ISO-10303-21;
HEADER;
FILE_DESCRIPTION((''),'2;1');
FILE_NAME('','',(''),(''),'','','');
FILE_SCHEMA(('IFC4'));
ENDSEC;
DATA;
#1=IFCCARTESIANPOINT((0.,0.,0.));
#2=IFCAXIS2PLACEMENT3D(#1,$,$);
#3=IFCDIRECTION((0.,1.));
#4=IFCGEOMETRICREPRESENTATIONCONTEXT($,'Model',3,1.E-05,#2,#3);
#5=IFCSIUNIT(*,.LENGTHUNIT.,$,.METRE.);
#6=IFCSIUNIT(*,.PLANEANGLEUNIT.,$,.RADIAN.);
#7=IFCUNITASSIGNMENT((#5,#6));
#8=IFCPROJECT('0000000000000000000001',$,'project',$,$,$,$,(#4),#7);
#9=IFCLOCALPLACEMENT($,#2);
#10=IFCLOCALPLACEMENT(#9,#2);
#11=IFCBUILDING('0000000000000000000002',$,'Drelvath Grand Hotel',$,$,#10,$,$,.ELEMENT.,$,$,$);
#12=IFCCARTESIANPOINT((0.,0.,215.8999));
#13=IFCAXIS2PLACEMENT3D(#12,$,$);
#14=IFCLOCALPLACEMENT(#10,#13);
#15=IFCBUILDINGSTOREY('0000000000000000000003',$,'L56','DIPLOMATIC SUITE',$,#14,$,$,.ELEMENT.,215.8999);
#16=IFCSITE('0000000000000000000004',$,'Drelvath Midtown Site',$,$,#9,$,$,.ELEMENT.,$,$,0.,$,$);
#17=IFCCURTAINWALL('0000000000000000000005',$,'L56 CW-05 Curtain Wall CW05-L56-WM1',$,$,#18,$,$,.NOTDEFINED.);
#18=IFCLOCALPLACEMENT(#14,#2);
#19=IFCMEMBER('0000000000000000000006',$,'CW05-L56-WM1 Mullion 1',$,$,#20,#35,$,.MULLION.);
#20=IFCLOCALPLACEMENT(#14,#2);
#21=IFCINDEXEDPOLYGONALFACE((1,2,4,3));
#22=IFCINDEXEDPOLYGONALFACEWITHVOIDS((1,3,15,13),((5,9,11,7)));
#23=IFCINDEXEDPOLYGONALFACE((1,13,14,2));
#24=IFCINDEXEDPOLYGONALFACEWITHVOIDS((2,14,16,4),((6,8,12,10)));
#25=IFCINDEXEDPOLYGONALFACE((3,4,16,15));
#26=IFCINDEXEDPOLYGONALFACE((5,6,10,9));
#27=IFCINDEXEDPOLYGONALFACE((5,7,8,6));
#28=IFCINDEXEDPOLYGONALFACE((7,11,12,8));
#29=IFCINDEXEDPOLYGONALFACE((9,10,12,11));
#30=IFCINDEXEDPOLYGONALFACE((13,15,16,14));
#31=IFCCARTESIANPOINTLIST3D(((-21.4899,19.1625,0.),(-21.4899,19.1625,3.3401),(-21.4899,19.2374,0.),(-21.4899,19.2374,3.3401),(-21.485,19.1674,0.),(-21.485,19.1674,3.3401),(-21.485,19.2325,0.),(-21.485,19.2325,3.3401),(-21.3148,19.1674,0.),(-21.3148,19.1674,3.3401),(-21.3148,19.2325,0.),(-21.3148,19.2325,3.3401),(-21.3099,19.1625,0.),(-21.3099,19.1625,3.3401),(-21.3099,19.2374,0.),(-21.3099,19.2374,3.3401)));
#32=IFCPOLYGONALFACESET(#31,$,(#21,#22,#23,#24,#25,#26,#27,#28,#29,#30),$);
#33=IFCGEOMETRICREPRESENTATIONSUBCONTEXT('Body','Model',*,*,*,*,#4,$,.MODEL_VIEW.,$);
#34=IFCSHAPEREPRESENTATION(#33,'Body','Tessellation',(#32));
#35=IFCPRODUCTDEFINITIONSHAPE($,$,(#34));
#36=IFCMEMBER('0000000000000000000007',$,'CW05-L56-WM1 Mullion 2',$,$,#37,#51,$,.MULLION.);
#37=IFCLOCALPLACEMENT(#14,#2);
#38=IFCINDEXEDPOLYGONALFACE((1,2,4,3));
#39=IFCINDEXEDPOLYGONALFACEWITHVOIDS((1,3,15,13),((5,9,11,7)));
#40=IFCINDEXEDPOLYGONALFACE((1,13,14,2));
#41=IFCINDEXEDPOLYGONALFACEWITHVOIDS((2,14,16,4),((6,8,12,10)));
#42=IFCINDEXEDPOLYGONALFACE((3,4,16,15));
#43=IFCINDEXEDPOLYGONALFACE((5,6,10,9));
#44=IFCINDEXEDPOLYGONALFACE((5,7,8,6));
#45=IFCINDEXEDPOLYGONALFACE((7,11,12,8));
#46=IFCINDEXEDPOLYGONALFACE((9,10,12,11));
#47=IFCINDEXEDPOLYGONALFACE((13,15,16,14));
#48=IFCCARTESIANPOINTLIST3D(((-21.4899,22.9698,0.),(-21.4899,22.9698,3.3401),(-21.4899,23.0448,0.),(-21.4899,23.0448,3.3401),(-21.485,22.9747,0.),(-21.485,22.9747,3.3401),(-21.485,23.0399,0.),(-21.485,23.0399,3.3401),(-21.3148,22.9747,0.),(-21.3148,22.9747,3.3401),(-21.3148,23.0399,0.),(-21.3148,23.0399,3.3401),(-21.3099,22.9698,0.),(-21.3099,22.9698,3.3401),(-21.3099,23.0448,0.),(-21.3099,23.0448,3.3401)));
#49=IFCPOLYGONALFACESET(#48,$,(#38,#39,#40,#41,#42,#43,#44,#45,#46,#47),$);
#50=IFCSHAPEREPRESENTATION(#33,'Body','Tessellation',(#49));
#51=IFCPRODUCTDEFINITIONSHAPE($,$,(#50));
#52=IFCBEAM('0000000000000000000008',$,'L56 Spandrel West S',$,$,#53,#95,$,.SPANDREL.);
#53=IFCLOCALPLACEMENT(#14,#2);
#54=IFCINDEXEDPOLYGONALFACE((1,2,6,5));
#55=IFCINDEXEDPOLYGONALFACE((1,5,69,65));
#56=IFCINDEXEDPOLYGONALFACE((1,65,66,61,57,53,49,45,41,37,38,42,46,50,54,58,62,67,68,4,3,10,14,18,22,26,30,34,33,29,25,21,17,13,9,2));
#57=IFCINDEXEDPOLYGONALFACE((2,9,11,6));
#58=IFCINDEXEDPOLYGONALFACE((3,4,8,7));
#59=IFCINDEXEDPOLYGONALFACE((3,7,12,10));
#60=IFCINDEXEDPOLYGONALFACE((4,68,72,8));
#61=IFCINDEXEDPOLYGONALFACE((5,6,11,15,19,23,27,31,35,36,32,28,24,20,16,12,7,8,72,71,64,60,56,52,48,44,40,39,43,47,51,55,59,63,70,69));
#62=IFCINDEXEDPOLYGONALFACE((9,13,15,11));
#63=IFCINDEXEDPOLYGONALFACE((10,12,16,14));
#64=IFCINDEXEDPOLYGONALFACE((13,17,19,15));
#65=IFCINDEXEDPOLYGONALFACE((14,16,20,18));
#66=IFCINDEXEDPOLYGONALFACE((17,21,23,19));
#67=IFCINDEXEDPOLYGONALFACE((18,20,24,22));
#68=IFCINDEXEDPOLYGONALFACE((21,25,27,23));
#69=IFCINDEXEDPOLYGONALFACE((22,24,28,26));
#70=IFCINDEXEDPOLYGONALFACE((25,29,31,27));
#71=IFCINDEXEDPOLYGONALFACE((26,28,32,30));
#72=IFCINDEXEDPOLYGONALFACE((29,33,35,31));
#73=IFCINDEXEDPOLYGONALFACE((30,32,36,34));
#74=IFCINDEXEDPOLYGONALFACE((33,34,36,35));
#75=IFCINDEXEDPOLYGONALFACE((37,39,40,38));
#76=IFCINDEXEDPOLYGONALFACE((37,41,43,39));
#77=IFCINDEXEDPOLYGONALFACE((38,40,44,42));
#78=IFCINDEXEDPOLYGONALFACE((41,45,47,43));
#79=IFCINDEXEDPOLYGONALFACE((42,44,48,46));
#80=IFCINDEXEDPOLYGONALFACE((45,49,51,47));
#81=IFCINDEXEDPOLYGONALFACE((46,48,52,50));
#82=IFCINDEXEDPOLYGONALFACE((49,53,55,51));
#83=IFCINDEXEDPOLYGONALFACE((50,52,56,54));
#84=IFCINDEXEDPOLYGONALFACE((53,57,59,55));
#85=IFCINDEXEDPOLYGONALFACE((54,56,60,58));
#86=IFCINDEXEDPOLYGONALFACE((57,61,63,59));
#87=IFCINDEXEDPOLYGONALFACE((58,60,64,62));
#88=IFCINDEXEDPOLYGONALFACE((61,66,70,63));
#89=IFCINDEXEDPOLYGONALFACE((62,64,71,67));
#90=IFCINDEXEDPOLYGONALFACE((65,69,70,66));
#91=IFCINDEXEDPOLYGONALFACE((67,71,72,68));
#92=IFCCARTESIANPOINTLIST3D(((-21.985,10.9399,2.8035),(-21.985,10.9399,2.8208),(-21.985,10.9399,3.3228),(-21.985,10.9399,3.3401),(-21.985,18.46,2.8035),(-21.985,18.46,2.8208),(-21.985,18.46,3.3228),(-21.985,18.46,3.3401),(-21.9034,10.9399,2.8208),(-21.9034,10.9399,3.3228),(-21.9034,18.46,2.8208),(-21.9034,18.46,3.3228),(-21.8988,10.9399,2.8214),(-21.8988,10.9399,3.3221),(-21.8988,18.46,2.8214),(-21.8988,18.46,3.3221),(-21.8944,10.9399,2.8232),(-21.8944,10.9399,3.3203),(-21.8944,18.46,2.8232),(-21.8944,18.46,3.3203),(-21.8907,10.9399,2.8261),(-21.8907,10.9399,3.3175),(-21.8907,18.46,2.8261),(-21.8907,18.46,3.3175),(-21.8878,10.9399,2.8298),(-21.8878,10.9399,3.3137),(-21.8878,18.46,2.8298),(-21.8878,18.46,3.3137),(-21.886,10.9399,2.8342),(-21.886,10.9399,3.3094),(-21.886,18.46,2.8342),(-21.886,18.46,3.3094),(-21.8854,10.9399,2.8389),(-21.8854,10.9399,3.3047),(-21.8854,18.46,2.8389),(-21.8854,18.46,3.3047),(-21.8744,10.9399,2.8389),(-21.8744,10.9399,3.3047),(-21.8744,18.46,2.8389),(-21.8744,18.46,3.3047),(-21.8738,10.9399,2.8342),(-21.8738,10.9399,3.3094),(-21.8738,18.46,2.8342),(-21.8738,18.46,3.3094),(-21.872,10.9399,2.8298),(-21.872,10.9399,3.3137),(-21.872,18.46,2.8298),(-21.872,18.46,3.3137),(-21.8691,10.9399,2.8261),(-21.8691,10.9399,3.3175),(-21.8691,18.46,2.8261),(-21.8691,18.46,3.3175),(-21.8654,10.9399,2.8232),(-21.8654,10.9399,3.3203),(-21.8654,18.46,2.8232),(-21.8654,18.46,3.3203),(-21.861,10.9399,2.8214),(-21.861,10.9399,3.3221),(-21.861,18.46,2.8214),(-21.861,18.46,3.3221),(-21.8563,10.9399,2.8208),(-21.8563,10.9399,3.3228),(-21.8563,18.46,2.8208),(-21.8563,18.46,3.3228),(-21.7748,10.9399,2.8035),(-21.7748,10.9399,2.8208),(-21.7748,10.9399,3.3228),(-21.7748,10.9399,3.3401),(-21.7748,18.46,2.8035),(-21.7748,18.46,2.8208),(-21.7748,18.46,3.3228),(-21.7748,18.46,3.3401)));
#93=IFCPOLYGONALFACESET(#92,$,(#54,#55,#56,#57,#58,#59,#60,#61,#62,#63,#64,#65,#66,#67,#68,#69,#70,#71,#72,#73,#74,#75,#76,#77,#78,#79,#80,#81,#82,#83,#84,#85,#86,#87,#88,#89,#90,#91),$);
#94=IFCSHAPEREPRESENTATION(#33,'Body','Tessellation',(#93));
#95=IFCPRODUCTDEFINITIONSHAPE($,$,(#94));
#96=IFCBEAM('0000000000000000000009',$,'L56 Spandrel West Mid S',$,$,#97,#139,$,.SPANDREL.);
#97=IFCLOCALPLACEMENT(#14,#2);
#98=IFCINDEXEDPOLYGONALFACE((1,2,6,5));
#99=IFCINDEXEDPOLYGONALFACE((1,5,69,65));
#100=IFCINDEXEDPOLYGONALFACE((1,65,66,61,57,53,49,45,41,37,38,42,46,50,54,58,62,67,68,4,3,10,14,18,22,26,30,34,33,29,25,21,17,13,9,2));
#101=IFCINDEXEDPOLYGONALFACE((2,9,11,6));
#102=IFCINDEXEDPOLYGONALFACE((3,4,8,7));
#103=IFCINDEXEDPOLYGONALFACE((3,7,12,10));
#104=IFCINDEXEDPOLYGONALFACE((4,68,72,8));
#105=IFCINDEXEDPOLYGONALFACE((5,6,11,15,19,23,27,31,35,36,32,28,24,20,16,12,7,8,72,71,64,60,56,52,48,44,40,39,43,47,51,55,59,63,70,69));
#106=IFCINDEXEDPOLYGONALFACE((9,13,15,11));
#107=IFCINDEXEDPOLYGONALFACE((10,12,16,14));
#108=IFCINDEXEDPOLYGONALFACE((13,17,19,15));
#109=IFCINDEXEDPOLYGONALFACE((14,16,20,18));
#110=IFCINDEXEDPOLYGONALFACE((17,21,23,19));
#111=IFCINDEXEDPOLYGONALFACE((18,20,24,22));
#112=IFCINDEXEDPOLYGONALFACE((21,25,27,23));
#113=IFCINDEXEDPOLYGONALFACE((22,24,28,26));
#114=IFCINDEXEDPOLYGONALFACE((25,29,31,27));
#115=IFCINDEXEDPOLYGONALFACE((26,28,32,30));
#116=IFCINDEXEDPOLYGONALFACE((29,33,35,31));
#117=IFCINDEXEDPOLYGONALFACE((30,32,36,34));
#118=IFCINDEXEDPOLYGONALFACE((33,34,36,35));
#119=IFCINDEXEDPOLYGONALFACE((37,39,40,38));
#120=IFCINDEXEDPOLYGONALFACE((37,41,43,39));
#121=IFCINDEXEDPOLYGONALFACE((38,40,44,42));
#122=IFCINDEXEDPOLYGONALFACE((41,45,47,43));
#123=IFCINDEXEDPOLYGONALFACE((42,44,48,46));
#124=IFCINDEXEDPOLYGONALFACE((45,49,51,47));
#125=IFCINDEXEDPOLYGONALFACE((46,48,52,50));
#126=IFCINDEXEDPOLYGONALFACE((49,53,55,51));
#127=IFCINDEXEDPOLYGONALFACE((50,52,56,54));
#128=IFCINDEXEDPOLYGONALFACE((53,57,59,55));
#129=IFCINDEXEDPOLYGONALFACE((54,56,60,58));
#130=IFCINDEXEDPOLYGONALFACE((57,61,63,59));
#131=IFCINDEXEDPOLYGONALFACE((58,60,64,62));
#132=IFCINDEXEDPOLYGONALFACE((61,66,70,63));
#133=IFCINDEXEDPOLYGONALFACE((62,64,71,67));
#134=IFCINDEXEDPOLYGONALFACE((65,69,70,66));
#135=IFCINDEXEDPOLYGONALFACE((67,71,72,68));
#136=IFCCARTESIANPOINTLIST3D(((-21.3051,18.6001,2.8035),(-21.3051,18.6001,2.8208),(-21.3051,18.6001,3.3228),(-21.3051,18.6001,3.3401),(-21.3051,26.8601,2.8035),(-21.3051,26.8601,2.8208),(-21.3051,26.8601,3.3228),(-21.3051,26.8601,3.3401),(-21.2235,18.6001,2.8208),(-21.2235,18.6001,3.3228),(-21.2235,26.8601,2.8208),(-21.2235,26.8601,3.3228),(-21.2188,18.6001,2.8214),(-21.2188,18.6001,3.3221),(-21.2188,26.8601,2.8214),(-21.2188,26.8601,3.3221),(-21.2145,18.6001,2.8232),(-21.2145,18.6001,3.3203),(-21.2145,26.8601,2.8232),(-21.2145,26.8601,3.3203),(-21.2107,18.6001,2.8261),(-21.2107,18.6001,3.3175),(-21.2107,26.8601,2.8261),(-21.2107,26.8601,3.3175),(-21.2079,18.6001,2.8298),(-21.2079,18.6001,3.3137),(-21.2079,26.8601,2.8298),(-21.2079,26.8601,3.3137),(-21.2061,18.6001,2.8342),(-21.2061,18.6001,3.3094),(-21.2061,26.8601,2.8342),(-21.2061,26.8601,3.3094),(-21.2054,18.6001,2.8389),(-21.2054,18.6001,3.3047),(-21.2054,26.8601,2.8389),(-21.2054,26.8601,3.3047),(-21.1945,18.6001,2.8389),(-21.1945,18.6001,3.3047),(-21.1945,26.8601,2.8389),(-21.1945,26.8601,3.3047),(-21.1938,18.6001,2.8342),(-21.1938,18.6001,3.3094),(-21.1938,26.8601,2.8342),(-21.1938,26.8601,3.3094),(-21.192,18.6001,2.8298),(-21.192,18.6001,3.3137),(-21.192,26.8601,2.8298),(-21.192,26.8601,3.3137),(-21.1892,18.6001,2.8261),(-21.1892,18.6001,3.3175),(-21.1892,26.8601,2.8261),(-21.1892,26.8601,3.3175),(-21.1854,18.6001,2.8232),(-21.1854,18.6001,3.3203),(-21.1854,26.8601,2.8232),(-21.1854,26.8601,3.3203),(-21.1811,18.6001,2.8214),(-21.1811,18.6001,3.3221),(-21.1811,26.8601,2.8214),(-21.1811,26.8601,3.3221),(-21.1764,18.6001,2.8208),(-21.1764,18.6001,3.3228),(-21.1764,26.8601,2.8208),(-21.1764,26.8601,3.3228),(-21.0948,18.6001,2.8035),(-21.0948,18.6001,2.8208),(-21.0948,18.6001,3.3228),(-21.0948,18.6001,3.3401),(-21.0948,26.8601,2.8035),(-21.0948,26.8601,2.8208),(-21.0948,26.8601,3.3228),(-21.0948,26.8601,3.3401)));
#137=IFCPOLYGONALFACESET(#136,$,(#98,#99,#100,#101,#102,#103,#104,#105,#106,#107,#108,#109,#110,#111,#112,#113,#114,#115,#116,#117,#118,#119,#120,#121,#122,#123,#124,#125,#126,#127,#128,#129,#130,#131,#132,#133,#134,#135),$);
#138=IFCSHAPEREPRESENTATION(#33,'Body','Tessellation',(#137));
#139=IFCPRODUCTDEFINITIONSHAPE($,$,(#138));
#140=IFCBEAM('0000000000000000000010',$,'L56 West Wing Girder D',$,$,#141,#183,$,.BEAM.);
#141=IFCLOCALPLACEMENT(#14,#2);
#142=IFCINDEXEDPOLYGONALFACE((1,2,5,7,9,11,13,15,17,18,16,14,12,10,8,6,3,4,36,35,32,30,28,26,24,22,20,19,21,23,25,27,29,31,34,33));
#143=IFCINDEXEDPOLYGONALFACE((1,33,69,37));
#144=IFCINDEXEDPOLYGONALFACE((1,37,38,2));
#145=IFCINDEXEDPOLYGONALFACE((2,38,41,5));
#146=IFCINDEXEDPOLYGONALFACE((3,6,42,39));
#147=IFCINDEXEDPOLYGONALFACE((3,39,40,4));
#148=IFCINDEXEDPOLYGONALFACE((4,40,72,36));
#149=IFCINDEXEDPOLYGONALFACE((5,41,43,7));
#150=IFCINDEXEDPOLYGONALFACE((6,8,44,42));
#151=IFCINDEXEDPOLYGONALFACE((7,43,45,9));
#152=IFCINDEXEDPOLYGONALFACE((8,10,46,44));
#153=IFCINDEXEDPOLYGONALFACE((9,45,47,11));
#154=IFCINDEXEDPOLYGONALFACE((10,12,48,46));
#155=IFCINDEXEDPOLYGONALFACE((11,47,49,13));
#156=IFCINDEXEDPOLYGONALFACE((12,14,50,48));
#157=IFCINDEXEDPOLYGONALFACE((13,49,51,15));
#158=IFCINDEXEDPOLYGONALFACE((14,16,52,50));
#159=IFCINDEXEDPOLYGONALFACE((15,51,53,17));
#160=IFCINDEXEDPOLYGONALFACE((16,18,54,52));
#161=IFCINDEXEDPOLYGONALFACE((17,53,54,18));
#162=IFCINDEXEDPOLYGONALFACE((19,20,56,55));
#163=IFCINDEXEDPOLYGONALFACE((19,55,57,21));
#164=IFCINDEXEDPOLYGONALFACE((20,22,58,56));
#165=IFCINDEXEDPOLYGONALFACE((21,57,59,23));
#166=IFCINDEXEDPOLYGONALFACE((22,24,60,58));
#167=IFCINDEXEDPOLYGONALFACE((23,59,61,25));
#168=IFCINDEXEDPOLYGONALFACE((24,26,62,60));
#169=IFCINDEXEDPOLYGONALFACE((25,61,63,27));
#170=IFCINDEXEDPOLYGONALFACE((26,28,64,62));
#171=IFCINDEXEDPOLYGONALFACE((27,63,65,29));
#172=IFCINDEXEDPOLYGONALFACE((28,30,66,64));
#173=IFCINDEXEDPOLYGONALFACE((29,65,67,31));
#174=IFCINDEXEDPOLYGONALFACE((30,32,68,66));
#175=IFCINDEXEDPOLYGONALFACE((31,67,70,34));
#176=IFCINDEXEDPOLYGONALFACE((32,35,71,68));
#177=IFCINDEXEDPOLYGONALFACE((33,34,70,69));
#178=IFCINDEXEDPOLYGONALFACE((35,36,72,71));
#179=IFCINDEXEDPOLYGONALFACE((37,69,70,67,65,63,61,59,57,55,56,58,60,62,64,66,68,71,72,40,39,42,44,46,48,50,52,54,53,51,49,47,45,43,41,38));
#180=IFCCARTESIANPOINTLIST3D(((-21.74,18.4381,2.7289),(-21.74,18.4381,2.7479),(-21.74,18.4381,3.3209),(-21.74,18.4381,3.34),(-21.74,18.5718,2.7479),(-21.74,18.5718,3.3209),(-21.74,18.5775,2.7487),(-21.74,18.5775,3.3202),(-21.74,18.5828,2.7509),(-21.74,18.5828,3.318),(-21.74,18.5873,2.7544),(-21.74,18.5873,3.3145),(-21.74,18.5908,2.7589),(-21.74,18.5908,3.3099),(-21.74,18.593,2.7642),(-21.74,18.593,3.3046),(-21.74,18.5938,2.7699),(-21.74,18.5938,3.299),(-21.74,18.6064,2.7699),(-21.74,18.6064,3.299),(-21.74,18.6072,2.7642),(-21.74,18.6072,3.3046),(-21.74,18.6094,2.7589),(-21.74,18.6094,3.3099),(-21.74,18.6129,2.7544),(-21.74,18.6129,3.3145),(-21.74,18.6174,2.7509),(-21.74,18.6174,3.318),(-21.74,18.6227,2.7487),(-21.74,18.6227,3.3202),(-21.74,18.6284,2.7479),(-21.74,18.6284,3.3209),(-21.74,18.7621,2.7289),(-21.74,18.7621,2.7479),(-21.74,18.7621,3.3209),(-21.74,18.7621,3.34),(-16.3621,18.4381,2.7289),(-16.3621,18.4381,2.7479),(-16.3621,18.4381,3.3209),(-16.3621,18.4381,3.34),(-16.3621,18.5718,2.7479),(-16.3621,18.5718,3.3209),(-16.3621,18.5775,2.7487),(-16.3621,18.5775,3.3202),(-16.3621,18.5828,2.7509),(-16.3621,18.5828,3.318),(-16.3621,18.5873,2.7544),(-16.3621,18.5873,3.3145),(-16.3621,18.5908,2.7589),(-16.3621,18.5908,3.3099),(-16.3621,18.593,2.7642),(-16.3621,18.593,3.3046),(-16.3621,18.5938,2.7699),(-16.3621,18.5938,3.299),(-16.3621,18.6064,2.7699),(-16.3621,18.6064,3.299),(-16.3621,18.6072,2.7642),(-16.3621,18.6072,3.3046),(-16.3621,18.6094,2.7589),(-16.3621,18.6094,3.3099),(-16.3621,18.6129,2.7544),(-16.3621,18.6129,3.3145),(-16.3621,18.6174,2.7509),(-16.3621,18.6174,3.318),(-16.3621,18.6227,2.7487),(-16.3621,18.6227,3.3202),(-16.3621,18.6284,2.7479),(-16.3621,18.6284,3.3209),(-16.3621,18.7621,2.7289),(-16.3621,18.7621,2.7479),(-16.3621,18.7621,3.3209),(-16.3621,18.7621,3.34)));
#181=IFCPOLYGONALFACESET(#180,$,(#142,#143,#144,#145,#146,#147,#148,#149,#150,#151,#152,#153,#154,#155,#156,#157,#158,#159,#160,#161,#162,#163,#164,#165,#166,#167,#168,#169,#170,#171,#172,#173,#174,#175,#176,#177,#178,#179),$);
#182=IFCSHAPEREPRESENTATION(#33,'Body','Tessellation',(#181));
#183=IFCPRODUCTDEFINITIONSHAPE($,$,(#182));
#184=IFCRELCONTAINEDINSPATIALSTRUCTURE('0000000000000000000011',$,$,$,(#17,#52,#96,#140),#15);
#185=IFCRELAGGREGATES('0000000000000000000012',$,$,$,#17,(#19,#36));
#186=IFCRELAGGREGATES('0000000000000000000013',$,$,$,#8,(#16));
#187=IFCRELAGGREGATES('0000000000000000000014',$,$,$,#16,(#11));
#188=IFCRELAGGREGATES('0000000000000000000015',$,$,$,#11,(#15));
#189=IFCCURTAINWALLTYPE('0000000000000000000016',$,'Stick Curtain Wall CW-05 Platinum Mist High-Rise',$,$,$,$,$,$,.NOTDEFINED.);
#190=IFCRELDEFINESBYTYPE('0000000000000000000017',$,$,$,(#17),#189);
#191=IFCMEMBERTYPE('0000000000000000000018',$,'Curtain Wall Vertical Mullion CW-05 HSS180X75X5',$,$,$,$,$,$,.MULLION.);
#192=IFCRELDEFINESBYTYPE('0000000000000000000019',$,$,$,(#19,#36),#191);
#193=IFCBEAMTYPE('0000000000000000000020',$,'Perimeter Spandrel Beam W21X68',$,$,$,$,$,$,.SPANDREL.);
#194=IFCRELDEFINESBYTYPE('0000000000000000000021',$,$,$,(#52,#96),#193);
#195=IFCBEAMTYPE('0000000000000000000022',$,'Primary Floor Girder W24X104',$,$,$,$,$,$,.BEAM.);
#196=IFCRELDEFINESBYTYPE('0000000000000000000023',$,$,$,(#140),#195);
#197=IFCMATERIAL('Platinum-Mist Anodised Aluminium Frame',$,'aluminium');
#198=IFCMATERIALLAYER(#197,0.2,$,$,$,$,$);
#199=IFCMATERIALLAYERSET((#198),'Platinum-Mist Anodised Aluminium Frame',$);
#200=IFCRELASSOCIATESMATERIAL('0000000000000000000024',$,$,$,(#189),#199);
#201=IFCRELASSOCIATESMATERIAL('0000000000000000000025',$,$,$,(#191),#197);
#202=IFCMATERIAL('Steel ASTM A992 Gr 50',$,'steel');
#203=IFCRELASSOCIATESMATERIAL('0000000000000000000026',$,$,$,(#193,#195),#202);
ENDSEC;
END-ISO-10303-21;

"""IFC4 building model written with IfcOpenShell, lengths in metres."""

from ifc_helpers import new_model, si_unit, direction, frame, origin, origin_2d, place, context, subcontext, project, spatial, hollow_rectangle, i_section, extrude, material, layer, layer_set, material_profile, profile_set, type_object, element, aggregate, save


model = new_model("IFC4")

# Units and contexts
model_context = context("Model", 3, precision=1e-05, world=origin(), true_north=direction((0.0, 1.0)))
body_context = subcontext(model_context, "Body", "Model", "MODEL_VIEW")
ifc_project = project(units=[si_unit("LENGTHUNIT", "METRE"), si_unit("PLANEANGLEUNIT", "RADIAN")], contexts=[model_context])

# Site, building, storey
site_placement = place(None, origin())
site = spatial("IfcSite", under=ifc_project, at=site_placement, Name="Drelvath Midtown Site", CompositionType="ELEMENT", RefElevation=0.0)
building_placement = place(site_placement, origin())
building = spatial("IfcBuilding", under=site, at=building_placement, Name="Drelvath Grand Hotel", CompositionType="ELEMENT")
storey_placement = place(building_placement, frame((0.0, 0.0, 215.8999)))
storey = spatial("IfcBuildingStorey", under=building, at=storey_placement, Name="L56", Description="DIPLOMATIC SUITE", CompositionType="ELEMENT", Elevation=215.8999)

# Shared definitions
ifc_material_1 = material(Name="Steel ASTM A992 Gr 50", Category="steel")

# Curtain wall
ifc_material_2 = material(Name="Platinum-Mist Anodised Aluminium Frame", Category="aluminium")
ifc_layer_1 = layer(ifc_material_2, 0.2)
ifc_layer_set_1 = layer_set([ifc_layer_1], Name="Platinum-Mist Anodised Aluminium Frame")
curtain_wall_type = type_object("IfcCurtainWallType", Name="Stick Curtain Wall CW-05 Platinum Mist High-Rise", PredefinedType="NOTDEFINED", material=ifc_layer_set_1)
curtain_wall_1_placement = place(storey_placement, origin())
curtain_wall_1 = element("IfcCurtainWall", 1, at=curtain_wall_1_placement, inside=storey, type_object=curtain_wall_type, Name="L56 CW-05 Curtain Wall CW05-L56-WM1", PredefinedType="NOTDEFINED")

# Members
ifc_material_profile_1 = material_profile(ifc_material_2, hollow_rectangle(XDim=0.075, YDim=0.1799, WallThickness=0.0049, at=origin_2d()), Name="HSS180X75X5")
ifc_profile_set_1 = profile_set([ifc_material_profile_1], Name="Platinum-Mist Anodised Aluminium Frame")
member_type_1 = type_object("IfcMemberType", Name="Curtain Wall Vertical Mullion CW-05 HSS180X75X5", PredefinedType="MULLION", material=ifc_profile_set_1)
member_1_placement = place(storey_placement, frame((-21.3999, 19.2, 0.0), z_axis=(0.0, 0.0, 1.0), x_axis=(0.0, 1.0, 0.0)))
member_1 = element("IfcMember", 2, at=member_1_placement, type_object=member_type_1, Name="CW05-L56-WM1 Mullion 1", PredefinedType="MULLION", context=body_context, shape_type="SweptSolid", body=[
    extrude(hollow_rectangle(XDim=0.075, YDim=0.1799, WallThickness=0.0049, at=origin_2d()), origin(), (0.0, 0.0, 1.0), 3.3401),
])
member_2_placement = place(storey_placement, frame((-21.3999, 23.0073, 0.0), z_axis=(0.0, 0.0, 1.0), x_axis=(0.0, 1.0, 0.0)))
member_2 = element("IfcMember", 3, at=member_2_placement, type_object=member_type_1, Name="CW05-L56-WM1 Mullion 2", PredefinedType="MULLION", context=body_context, shape_type="SweptSolid", body=[
    extrude(hollow_rectangle(XDim=0.075, YDim=0.1799, WallThickness=0.0049, at=origin_2d()), origin(), (0.0, 0.0, 1.0), 3.3401),
])

# Beams
ifc_material_profile_2 = material_profile(ifc_material_1, i_section(OverallWidth=0.2102, OverallDepth=0.5366, WebThickness=0.011, FlangeThickness=0.0173, FilletRadius=0.0181, at=origin_2d()), Name="W21X68")
ifc_profile_set_2 = profile_set([ifc_material_profile_2], Name="Steel ASTM A992 Gr 50")
beam_type_1 = type_object("IfcBeamType", Name="Perimeter Spandrel Beam W21X68", PredefinedType="SPANDREL", material=ifc_profile_set_2)
beam_1_placement = place(storey_placement, frame((-21.8799, 10.9399, 3.0718), z_axis=(0.0, 1.0, 0.0), x_axis=(-1.0, 0.0, 0.0)))
element("IfcBeam", 4, at=beam_1_placement, inside=storey, type_object=beam_type_1, Name="L56 Spandrel West S", PredefinedType="SPANDREL", context=body_context, shape_type="SweptSolid", body=[
    extrude(i_section(OverallWidth=0.2102, OverallDepth=0.5366, WebThickness=0.011, FlangeThickness=0.0173, FilletRadius=0.0181, at=origin_2d()), origin(), (0.0, 0.0, 1.0), 7.52),
])
beam_2_placement = place(storey_placement, frame((-21.2, 18.6001, 3.0718), z_axis=(0.0, 1.0, 0.0), x_axis=(-1.0, 0.0, 0.0)))
element("IfcBeam", 5, at=beam_2_placement, inside=storey, type_object=beam_type_1, Name="L56 Spandrel West Mid S", PredefinedType="SPANDREL", context=body_context, shape_type="SweptSolid", body=[
    extrude(i_section(OverallWidth=0.2102, OverallDepth=0.5366, WebThickness=0.011, FlangeThickness=0.0173, FilletRadius=0.0181, at=origin_2d()), origin(), (0.0, 0.0, 1.0), 8.26),
])
ifc_material_profile_3 = material_profile(ifc_material_1, i_section(OverallWidth=0.324, OverallDepth=0.6111, WebThickness=0.0127, FlangeThickness=0.019, FilletRadius=0.022, at=origin_2d()), Name="W24X104")
ifc_profile_set_3 = profile_set([ifc_material_profile_3], Name="Steel ASTM A992 Gr 50")
beam_type_2 = type_object("IfcBeamType", Name="Primary Floor Girder W24X104", PredefinedType="BEAM", material=ifc_profile_set_3)
beam_3_placement = place(storey_placement, frame((-21.74, 18.6001, 3.0344), z_axis=(1.0, 0.0, 0.0), x_axis=(0.0, 1.0, 0.0)))
element("IfcBeam", 6, at=beam_3_placement, inside=storey, type_object=beam_type_2, Name="L56 West Wing Girder D", PredefinedType="BEAM", context=body_context, shape_type="SweptSolid", body=[
    extrude(i_section(OverallWidth=0.324, OverallDepth=0.6111, WebThickness=0.0127, FlangeThickness=0.019, FilletRadius=0.022, at=origin_2d()), origin(), (0.0, 0.0, 1.0), 5.3779),
])

aggregate(curtain_wall_1, [member_1, member_2])

save(model, "model.ifc")
